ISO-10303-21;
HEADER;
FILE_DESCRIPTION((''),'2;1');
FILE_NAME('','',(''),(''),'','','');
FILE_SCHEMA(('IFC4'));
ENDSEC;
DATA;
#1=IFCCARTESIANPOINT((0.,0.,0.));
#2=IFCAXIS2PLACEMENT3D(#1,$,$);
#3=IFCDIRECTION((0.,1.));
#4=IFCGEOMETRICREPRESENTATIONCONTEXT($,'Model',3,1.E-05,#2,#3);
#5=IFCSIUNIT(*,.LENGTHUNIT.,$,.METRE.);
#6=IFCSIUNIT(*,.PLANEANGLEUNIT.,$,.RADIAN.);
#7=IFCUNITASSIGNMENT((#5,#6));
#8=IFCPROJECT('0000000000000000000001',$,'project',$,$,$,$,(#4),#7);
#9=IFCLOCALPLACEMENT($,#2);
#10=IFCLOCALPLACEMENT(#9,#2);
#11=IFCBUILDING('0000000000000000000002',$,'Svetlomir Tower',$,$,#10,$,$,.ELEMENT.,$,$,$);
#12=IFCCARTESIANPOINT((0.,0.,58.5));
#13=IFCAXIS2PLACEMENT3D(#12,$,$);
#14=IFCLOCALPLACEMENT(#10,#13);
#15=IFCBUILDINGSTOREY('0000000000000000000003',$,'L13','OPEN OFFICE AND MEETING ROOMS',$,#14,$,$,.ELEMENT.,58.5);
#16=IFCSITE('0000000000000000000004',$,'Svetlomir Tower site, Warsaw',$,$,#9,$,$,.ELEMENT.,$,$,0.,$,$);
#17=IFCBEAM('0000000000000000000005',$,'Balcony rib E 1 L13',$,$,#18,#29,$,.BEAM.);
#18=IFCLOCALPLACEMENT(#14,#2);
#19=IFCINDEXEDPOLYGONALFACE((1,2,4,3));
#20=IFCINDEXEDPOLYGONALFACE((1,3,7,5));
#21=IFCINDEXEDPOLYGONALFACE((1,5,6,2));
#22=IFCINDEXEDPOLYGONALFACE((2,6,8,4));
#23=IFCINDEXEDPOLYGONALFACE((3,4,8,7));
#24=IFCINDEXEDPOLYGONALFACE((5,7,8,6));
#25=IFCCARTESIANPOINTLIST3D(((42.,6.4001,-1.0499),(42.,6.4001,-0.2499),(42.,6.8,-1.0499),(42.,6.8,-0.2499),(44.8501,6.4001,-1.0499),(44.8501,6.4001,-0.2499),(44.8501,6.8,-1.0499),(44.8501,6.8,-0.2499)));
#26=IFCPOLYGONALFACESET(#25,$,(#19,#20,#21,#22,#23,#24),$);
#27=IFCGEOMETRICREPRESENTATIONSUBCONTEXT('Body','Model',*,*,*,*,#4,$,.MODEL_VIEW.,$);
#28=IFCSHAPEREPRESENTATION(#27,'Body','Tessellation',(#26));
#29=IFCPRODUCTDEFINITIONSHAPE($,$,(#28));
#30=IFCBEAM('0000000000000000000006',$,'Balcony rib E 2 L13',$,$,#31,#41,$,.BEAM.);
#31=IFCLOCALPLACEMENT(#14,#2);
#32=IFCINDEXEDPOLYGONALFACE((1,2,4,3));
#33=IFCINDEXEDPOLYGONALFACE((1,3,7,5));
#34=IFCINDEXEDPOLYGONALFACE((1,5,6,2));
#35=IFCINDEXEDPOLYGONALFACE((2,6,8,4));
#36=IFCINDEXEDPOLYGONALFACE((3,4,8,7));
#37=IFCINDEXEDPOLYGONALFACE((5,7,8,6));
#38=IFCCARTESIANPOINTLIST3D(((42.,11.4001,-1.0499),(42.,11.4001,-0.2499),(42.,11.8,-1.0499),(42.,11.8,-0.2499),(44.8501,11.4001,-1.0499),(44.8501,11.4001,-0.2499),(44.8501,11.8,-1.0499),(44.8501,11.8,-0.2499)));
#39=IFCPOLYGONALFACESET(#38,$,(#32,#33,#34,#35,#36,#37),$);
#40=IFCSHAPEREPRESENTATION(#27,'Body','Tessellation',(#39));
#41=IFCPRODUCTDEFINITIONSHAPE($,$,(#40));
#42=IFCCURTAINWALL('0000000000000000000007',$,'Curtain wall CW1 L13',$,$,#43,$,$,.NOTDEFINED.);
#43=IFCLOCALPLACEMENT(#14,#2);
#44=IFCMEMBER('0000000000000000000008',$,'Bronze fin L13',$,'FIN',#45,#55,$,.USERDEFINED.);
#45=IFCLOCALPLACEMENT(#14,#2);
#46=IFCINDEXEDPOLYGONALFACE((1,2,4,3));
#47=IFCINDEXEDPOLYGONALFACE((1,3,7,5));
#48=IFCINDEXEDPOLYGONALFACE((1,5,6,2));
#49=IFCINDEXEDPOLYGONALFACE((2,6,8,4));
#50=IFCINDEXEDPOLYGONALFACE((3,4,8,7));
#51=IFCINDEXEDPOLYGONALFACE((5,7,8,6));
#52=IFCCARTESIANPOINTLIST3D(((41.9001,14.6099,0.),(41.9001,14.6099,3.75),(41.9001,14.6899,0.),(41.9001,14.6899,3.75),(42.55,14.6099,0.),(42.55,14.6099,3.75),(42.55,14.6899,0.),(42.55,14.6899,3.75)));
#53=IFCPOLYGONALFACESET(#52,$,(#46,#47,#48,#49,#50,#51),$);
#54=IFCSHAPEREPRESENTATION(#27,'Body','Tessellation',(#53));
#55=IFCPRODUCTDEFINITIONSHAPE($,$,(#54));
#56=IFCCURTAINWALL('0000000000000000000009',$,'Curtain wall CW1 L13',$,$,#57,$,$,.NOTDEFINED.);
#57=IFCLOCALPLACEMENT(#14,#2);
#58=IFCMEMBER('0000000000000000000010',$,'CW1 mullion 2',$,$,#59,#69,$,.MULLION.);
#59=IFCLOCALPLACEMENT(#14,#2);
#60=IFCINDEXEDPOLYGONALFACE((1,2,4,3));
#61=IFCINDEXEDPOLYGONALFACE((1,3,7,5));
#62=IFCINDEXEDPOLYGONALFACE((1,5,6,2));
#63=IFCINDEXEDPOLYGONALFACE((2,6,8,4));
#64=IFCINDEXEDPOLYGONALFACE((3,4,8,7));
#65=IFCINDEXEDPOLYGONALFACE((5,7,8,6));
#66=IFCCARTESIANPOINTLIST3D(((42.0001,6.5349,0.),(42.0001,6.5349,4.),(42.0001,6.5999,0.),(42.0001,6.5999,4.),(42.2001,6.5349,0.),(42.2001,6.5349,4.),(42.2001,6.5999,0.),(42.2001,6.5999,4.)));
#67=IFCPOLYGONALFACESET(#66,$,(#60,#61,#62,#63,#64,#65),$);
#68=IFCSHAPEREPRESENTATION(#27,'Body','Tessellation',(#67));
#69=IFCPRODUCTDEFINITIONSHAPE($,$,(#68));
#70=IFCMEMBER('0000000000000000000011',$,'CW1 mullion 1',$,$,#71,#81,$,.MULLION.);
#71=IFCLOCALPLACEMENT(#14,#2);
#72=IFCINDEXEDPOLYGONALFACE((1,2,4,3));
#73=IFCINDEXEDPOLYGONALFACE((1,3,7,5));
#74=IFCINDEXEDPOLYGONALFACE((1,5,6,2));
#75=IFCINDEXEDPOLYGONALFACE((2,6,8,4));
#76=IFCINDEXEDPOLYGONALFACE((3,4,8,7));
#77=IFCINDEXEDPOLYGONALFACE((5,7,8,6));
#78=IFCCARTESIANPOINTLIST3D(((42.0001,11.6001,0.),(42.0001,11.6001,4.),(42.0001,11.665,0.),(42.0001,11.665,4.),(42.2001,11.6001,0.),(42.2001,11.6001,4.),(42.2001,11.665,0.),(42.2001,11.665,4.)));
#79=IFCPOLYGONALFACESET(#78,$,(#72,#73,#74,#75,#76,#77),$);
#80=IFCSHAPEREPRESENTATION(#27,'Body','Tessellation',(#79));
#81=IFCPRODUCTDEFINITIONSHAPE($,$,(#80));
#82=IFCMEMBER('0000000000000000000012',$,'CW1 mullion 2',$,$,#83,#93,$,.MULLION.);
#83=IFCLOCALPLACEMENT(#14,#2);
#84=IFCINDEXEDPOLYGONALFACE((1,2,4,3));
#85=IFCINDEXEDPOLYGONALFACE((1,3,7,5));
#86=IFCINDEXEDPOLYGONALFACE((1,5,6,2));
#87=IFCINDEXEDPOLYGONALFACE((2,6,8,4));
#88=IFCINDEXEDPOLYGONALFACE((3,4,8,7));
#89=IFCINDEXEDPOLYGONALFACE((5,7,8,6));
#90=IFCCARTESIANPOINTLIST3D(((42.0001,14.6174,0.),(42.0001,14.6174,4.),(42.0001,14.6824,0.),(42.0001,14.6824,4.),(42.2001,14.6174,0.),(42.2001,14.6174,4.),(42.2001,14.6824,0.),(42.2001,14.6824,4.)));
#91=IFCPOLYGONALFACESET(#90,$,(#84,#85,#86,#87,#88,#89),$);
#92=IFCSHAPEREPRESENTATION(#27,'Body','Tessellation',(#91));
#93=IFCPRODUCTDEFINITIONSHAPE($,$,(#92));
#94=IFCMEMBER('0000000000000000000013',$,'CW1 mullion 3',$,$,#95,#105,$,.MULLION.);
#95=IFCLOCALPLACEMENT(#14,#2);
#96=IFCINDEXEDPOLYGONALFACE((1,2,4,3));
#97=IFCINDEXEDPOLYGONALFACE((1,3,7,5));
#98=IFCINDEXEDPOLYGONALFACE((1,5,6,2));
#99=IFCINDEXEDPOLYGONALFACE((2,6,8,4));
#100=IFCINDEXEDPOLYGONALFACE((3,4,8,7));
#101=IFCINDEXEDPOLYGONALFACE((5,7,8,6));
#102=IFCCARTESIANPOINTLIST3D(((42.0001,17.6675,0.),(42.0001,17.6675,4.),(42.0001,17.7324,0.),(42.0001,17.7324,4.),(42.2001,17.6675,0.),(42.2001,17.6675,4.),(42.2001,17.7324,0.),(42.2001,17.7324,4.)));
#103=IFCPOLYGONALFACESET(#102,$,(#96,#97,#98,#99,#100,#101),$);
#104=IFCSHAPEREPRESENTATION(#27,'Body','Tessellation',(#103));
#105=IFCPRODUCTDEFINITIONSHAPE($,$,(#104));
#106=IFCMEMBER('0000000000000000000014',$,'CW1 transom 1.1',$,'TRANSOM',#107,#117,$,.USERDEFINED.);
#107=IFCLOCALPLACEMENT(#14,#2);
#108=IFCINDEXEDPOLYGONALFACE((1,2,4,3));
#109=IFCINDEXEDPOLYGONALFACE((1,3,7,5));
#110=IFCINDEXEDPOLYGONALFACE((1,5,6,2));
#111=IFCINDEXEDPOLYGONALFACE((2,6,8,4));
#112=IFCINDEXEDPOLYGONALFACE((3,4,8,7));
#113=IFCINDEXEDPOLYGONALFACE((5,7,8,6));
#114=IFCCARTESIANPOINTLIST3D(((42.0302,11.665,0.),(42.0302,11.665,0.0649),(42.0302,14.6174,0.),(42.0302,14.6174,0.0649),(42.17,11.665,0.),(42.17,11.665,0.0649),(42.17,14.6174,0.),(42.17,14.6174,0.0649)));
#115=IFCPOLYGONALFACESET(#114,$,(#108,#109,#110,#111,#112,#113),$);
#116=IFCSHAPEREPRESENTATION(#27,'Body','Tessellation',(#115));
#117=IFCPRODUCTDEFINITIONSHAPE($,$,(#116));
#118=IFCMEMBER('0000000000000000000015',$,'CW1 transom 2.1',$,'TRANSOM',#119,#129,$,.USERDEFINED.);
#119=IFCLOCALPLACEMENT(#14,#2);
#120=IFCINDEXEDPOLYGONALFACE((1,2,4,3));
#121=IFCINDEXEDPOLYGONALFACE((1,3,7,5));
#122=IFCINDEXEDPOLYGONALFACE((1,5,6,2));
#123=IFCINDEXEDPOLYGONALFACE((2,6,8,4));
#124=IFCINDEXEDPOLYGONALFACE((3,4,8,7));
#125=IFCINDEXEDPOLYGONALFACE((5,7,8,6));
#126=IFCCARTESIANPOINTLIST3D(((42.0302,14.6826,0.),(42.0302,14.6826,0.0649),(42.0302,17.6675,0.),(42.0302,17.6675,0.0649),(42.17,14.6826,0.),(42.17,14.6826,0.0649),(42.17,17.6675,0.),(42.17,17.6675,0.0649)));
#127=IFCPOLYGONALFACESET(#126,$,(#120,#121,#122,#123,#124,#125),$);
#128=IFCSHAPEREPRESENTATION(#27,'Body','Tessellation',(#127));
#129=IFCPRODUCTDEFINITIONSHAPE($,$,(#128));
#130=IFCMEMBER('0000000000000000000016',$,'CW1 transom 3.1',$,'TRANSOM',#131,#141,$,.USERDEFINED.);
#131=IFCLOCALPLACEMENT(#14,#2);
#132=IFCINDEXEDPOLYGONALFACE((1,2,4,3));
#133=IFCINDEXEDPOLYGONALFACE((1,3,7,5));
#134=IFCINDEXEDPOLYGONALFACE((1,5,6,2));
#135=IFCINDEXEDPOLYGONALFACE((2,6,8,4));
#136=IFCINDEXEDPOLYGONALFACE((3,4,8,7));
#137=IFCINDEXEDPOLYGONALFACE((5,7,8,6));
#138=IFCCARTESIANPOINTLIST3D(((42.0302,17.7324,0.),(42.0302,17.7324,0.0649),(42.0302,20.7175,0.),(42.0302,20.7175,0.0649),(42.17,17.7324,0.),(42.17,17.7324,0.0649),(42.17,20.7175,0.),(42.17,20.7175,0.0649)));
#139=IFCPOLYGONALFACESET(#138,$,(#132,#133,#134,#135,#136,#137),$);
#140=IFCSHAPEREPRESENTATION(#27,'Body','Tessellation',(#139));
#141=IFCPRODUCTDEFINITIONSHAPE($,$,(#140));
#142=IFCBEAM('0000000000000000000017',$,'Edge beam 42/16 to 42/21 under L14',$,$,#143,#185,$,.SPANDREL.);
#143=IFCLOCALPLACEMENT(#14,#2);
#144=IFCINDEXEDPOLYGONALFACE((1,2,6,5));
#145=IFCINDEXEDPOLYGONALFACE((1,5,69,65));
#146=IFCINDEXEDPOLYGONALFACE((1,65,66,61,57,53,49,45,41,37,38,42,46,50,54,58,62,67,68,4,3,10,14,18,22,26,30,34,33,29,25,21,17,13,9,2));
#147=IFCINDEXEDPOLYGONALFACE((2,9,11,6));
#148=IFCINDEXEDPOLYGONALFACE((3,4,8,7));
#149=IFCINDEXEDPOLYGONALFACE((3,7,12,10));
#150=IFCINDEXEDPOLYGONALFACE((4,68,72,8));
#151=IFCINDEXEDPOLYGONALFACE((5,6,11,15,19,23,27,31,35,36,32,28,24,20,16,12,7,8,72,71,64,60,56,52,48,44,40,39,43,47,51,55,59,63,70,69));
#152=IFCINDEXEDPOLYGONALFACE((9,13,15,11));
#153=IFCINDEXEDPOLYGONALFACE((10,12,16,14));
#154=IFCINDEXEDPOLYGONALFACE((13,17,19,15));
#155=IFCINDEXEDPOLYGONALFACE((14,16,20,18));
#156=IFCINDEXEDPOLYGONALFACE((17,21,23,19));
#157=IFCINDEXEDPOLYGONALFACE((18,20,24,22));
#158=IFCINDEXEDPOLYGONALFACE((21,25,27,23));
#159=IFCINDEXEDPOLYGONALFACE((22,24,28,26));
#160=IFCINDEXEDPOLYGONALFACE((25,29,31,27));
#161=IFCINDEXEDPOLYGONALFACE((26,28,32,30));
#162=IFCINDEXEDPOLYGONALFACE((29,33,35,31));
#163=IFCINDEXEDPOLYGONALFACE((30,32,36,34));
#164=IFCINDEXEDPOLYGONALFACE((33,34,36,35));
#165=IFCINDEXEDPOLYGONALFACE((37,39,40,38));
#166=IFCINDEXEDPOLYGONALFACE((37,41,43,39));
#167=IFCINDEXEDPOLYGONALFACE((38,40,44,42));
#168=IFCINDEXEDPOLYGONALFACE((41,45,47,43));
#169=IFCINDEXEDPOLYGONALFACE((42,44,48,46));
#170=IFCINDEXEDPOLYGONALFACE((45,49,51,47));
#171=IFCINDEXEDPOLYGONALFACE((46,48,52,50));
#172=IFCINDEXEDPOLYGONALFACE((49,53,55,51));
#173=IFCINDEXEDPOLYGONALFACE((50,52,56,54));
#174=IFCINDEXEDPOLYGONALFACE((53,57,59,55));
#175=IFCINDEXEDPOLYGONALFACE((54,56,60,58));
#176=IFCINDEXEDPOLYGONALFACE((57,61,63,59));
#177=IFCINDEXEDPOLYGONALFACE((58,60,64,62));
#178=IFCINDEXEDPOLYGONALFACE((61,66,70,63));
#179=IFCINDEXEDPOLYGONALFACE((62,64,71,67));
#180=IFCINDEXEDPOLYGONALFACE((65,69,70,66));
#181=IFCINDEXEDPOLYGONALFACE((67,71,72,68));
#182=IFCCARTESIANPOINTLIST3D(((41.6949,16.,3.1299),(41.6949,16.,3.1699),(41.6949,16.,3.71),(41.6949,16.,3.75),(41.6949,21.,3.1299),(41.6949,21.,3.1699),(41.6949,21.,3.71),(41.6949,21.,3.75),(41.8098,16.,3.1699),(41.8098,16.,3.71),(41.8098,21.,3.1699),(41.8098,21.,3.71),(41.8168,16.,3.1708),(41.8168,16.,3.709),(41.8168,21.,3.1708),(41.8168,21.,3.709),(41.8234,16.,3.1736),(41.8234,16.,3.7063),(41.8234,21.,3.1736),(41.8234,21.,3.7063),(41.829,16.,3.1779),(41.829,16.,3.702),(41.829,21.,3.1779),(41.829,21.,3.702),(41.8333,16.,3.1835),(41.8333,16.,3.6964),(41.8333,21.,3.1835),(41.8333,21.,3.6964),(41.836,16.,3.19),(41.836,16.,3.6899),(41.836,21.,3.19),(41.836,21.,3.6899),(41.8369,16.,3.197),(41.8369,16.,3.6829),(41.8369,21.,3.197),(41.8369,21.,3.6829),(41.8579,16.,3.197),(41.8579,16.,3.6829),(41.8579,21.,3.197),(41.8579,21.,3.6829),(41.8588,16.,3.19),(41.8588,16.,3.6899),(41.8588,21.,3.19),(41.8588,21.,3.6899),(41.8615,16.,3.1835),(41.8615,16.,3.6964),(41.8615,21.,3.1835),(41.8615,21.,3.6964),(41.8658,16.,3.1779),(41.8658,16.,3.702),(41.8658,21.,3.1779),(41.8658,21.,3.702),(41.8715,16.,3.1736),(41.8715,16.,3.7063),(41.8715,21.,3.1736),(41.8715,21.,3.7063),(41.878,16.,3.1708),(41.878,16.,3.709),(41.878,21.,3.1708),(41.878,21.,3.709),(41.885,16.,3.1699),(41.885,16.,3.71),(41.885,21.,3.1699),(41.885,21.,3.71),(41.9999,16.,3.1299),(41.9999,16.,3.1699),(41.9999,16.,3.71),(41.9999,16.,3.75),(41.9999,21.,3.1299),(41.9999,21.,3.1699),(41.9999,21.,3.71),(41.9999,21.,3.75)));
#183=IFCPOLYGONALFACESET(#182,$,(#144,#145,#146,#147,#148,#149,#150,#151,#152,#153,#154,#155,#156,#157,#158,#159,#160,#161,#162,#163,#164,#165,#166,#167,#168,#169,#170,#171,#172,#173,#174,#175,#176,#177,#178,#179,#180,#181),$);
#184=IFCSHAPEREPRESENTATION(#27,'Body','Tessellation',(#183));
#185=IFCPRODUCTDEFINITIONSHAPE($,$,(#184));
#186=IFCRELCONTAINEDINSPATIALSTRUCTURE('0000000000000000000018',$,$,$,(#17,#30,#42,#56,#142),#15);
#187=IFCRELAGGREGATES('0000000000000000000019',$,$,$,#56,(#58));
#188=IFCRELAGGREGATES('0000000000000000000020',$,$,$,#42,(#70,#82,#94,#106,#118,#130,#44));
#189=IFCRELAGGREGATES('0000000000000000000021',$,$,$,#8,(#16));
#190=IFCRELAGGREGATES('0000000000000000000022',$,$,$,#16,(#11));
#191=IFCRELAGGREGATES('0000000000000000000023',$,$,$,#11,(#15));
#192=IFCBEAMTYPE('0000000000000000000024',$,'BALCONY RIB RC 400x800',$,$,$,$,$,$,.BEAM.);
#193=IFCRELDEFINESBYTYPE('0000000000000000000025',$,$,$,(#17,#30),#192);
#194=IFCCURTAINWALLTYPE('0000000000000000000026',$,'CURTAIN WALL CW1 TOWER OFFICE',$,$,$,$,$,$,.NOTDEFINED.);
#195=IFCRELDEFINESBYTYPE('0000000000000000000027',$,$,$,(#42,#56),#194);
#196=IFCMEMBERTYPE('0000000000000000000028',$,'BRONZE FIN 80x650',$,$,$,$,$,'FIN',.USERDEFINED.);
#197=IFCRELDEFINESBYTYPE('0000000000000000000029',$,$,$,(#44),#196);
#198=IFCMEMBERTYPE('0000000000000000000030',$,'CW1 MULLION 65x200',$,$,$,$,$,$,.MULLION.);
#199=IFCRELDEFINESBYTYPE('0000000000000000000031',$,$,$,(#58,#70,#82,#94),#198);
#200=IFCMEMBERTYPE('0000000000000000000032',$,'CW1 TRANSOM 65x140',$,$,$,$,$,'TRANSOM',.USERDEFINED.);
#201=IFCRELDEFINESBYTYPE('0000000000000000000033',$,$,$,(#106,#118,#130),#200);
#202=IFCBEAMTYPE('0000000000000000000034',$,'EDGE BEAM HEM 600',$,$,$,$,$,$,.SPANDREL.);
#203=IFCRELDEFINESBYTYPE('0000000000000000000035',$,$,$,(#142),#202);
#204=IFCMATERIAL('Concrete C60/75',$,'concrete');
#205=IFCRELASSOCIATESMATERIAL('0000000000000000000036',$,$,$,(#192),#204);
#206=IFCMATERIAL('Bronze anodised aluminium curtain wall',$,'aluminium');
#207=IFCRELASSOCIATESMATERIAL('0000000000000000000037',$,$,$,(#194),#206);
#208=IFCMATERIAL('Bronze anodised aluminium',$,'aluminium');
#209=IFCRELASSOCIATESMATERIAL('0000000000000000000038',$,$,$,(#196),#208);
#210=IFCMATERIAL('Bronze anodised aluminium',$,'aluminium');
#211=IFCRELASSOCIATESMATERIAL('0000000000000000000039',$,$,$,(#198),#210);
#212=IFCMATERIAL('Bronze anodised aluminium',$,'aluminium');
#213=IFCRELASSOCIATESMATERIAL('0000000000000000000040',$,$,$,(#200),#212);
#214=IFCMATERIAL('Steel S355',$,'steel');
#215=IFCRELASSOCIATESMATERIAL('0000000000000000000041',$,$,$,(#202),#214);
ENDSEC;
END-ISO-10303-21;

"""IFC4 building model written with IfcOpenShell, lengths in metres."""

from ifc_helpers import new_model, si_unit, direction, frame, origin, origin_2d, place, context, subcontext, project, spatial, rectangle, i_section, extrude, material, material_profile, profile_set, type_object, element, aggregate, save


model = new_model("IFC4")

# Units and contexts
model_context = context("Model", 3, precision=1e-05, world=origin(), true_north=direction((0.0, 1.0)))
body_context = subcontext(model_context, "Body", "Model", "MODEL_VIEW")
ifc_project = project(units=[si_unit("LENGTHUNIT", "METRE"), si_unit("PLANEANGLEUNIT", "RADIAN")], contexts=[model_context])

# Site, building, storey
site_placement = place(None, origin())
site = spatial("IfcSite", under=ifc_project, at=site_placement, Name="Svetlomir Tower site, Warsaw", CompositionType="ELEMENT", RefElevation=0.0)
building_placement = place(site_placement, origin())
building = spatial("IfcBuilding", under=site, at=building_placement, Name="Svetlomir Tower", CompositionType="ELEMENT")
storey_placement = place(building_placement, frame((0.0, 0.0, 58.5)))
storey = spatial("IfcBuildingStorey", under=building, at=storey_placement, Name="L13", Description="OPEN OFFICE AND MEETING ROOMS", CompositionType="ELEMENT", Elevation=58.5)

# Beams
ifc_material_1 = material(Name="Concrete C60/75", Category="concrete")
ifc_material_profile_1 = material_profile(ifc_material_1, rectangle(XDim=0.3999, YDim=0.8, at=origin_2d()), Name="RC 400x800")
ifc_profile_set_1 = profile_set([ifc_material_profile_1], Name="Concrete C60/75")
beam_type_1 = type_object("IfcBeamType", Name="BALCONY RIB RC 400x800", PredefinedType="BEAM", material=ifc_profile_set_1)
for number, where, z_axis, x_axis, name in (
    (1, (42.0, 6.6001, -0.6499), (1.0, 0.0, 0.0), (0.0, 1.0, 0.0), "Balcony rib E 1 L13"),
    (2, (42.0, 11.6001, -0.6499), (1.0, 0.0, 0.0), (0.0, 1.0, 0.0), "Balcony rib E 2 L13"),
):
    element("IfcBeam", number, at=place(storey_placement, frame(where, z_axis=z_axis, x_axis=x_axis)), inside=storey, type_object=beam_type_1, Name=name, PredefinedType="BEAM", context=body_context, shape_type="SweptSolid", body=[
        extrude(rectangle(XDim=0.3999, YDim=0.8, at=origin_2d()), origin(), (0.0, 0.0, 1.0), 2.8501),
    ])

# Curtain walls, members
ifc_material_2 = material(Name="Bronze anodised aluminium curtain wall", Category="aluminium")
curtain_wall_type = type_object("IfcCurtainWallType", Name="CURTAIN WALL CW1 TOWER OFFICE", PredefinedType="NOTDEFINED", material=ifc_material_2)
curtain_wall_1_placement = place(storey_placement, origin())
curtain_wall_1 = element("IfcCurtainWall", 3, at=curtain_wall_1_placement, inside=storey, type_object=curtain_wall_type, Name="Curtain wall CW1 L13", PredefinedType="NOTDEFINED")
ifc_material_3 = material(Name="Bronze anodised aluminium", Category="aluminium")
ifc_material_profile_2 = material_profile(ifc_material_3, rectangle(XDim=0.0801, YDim=0.6499, at=origin_2d()), Name="FIN 80x650")
ifc_profile_set_2 = profile_set([ifc_material_profile_2], Name="Bronze anodised aluminium 6063-T6")
member_type_1 = type_object("IfcMemberType", Name="BRONZE FIN 80x650", ElementType="FIN", PredefinedType="USERDEFINED", material=ifc_profile_set_2)
member_1_placement = place(storey_placement, frame((42.2251, 14.6499, 0.0), z_axis=(0.0, 0.0, 1.0), x_axis=(0.0, 1.0, 0.0)))
member_1 = element("IfcMember", 4, at=member_1_placement, type_object=member_type_1, Name="Bronze fin L13", ObjectType="FIN", PredefinedType="USERDEFINED", context=body_context, shape_type="SweptSolid", body=[
    extrude(rectangle(XDim=0.0801, YDim=0.6499, at=origin_2d()), origin(), (0.0, 0.0, 1.0), 3.75),
])
curtain_wall_2_placement = place(storey_placement, origin())
curtain_wall_2 = element("IfcCurtainWall", 5, at=curtain_wall_2_placement, inside=storey, type_object=curtain_wall_type, Name="Curtain wall CW1 L13", PredefinedType="NOTDEFINED")
ifc_material_4 = material(Name="Bronze anodised aluminium", Category="aluminium")
ifc_material_profile_3 = material_profile(ifc_material_4, rectangle(XDim=0.0649, YDim=0.2, at=origin_2d()), Name="AL 65x200")
ifc_profile_set_3 = profile_set([ifc_material_profile_3], Name="Bronze anodised aluminium 6063-T6")
member_type_2 = type_object("IfcMemberType", Name="CW1 MULLION 65x200", PredefinedType="MULLION", material=ifc_profile_set_3)
member_2_placement = place(storey_placement, frame((42.1001, 6.5674, 0.0), z_axis=(0.0, 0.0, 1.0), x_axis=(0.0, 1.0, 0.0)))
member_2 = element("IfcMember", 6, at=member_2_placement, type_object=member_type_2, Name="CW1 mullion 2", PredefinedType="MULLION", context=body_context, shape_type="SweptSolid", body=[
    extrude(rectangle(XDim=0.0649, YDim=0.2, at=origin_2d()), origin(), (0.0, 0.0, 1.0), 4.0),
])
aggregate(curtain_wall_2, [member_2])

# Members
member_3_placement = place(storey_placement, frame((42.1001, 11.6326, 0.0), z_axis=(0.0, 0.0, 1.0), x_axis=(0.0, 1.0, 0.0)))
member_3 = element("IfcMember", 7, at=member_3_placement, type_object=member_type_2, Name="CW1 mullion 1", PredefinedType="MULLION", context=body_context, shape_type="SweptSolid", body=[
    extrude(rectangle(XDim=0.0649, YDim=0.2, at=origin_2d()), origin(), (0.0, 0.0, 1.0), 4.0),
])
member_4_placement = place(storey_placement, frame((42.1001, 14.6499, 0.0), z_axis=(0.0, 0.0, 1.0), x_axis=(0.0, 1.0, 0.0)))
member_4 = element("IfcMember", 8, at=member_4_placement, type_object=member_type_2, Name="CW1 mullion 2", PredefinedType="MULLION", context=body_context, shape_type="SweptSolid", body=[
    extrude(rectangle(XDim=0.0649, YDim=0.2, at=origin_2d()), origin(), (0.0, 0.0, 1.0), 4.0),
])
member_5_placement = place(storey_placement, frame((42.1001, 17.7, 0.0), z_axis=(0.0, 0.0, 1.0), x_axis=(0.0, 1.0, 0.0)))
member_5 = element("IfcMember", 9, at=member_5_placement, type_object=member_type_2, Name="CW1 mullion 3", PredefinedType="MULLION", context=body_context, shape_type="SweptSolid", body=[
    extrude(rectangle(XDim=0.0649, YDim=0.2, at=origin_2d()), origin(), (0.0, 0.0, 1.0), 4.0),
])
ifc_material_5 = material(Name="Bronze anodised aluminium", Category="aluminium")
ifc_material_profile_4 = material_profile(ifc_material_5, rectangle(XDim=0.1399, YDim=0.0649, at=origin_2d()), Name="AL 140x65")
ifc_profile_set_4 = profile_set([ifc_material_profile_4], Name="Bronze anodised aluminium 6063-T6")
member_type_3 = type_object("IfcMemberType", Name="CW1 TRANSOM 65x140", ElementType="TRANSOM", PredefinedType="USERDEFINED", material=ifc_profile_set_4)
member_6_placement = place(storey_placement, frame((42.1001, 11.665, 0.0325), z_axis=(0.0, 1.0, 0.0), x_axis=(-1.0, 0.0, 0.0)))
member_6 = element("IfcMember", 10, at=member_6_placement, type_object=member_type_3, Name="CW1 transom 1.1", ObjectType="TRANSOM", PredefinedType="USERDEFINED", context=body_context, shape_type="SweptSolid", body=[
    extrude(rectangle(XDim=0.1399, YDim=0.0649, at=origin_2d()), origin(), (0.0, 0.0, 1.0), 2.9524),
])
member_7_placement = place(storey_placement, frame((42.1001, 14.6826, 0.0325), z_axis=(0.0, 1.0, 0.0), x_axis=(-1.0, 0.0, 0.0)))
member_7 = element("IfcMember", 11, at=member_7_placement, type_object=member_type_3, Name="CW1 transom 2.1", ObjectType="TRANSOM", PredefinedType="USERDEFINED", context=body_context, shape_type="SweptSolid", body=[
    extrude(rectangle(XDim=0.1399, YDim=0.0649, at=origin_2d()), origin(), (0.0, 0.0, 1.0), 2.9849),
])
member_8_placement = place(storey_placement, frame((42.1001, 17.7324, 0.0325), z_axis=(0.0, 1.0, 0.0), x_axis=(-1.0, 0.0, 0.0)))
member_8 = element("IfcMember", 12, at=member_8_placement, type_object=member_type_3, Name="CW1 transom 3.1", ObjectType="TRANSOM", PredefinedType="USERDEFINED", context=body_context, shape_type="SweptSolid", body=[
    extrude(rectangle(XDim=0.1399, YDim=0.0649, at=origin_2d()), origin(), (0.0, 0.0, 1.0), 2.9851),
])

# Beam
ifc_material_6 = material(Name="Steel S355", Category="steel")
ifc_material_profile_5 = material_profile(ifc_material_6, i_section(OverallWidth=0.3049, OverallDepth=0.6201, WebThickness=0.021, FlangeThickness=0.04, FilletRadius=0.0271, at=origin_2d()), Name="HEM 600")
ifc_profile_set_5 = profile_set([ifc_material_profile_5], Name="Steel S355")
beam_type_2 = type_object("IfcBeamType", Name="EDGE BEAM HEM 600", PredefinedType="SPANDREL", material=ifc_profile_set_5)
beam_placement = place(storey_placement, frame((41.8474, 16.0, 3.4399), z_axis=(0.0, 1.0, 0.0), x_axis=(-1.0, 0.0, 0.0)))
element("IfcBeam", 13, at=beam_placement, inside=storey, type_object=beam_type_2, Name="Edge beam 42/16 to 42/21 under L14", PredefinedType="SPANDREL", context=body_context, shape_type="SweptSolid", body=[
    extrude(i_section(OverallWidth=0.3049, OverallDepth=0.6201, WebThickness=0.021, FlangeThickness=0.04, FilletRadius=0.0271, at=origin_2d()), origin(), (0.0, 0.0, 1.0), 5.0),
])

aggregate(curtain_wall_1, [member_3, member_4, member_5, member_6, member_7, member_8, member_1])

save(model, "model.ifc")
